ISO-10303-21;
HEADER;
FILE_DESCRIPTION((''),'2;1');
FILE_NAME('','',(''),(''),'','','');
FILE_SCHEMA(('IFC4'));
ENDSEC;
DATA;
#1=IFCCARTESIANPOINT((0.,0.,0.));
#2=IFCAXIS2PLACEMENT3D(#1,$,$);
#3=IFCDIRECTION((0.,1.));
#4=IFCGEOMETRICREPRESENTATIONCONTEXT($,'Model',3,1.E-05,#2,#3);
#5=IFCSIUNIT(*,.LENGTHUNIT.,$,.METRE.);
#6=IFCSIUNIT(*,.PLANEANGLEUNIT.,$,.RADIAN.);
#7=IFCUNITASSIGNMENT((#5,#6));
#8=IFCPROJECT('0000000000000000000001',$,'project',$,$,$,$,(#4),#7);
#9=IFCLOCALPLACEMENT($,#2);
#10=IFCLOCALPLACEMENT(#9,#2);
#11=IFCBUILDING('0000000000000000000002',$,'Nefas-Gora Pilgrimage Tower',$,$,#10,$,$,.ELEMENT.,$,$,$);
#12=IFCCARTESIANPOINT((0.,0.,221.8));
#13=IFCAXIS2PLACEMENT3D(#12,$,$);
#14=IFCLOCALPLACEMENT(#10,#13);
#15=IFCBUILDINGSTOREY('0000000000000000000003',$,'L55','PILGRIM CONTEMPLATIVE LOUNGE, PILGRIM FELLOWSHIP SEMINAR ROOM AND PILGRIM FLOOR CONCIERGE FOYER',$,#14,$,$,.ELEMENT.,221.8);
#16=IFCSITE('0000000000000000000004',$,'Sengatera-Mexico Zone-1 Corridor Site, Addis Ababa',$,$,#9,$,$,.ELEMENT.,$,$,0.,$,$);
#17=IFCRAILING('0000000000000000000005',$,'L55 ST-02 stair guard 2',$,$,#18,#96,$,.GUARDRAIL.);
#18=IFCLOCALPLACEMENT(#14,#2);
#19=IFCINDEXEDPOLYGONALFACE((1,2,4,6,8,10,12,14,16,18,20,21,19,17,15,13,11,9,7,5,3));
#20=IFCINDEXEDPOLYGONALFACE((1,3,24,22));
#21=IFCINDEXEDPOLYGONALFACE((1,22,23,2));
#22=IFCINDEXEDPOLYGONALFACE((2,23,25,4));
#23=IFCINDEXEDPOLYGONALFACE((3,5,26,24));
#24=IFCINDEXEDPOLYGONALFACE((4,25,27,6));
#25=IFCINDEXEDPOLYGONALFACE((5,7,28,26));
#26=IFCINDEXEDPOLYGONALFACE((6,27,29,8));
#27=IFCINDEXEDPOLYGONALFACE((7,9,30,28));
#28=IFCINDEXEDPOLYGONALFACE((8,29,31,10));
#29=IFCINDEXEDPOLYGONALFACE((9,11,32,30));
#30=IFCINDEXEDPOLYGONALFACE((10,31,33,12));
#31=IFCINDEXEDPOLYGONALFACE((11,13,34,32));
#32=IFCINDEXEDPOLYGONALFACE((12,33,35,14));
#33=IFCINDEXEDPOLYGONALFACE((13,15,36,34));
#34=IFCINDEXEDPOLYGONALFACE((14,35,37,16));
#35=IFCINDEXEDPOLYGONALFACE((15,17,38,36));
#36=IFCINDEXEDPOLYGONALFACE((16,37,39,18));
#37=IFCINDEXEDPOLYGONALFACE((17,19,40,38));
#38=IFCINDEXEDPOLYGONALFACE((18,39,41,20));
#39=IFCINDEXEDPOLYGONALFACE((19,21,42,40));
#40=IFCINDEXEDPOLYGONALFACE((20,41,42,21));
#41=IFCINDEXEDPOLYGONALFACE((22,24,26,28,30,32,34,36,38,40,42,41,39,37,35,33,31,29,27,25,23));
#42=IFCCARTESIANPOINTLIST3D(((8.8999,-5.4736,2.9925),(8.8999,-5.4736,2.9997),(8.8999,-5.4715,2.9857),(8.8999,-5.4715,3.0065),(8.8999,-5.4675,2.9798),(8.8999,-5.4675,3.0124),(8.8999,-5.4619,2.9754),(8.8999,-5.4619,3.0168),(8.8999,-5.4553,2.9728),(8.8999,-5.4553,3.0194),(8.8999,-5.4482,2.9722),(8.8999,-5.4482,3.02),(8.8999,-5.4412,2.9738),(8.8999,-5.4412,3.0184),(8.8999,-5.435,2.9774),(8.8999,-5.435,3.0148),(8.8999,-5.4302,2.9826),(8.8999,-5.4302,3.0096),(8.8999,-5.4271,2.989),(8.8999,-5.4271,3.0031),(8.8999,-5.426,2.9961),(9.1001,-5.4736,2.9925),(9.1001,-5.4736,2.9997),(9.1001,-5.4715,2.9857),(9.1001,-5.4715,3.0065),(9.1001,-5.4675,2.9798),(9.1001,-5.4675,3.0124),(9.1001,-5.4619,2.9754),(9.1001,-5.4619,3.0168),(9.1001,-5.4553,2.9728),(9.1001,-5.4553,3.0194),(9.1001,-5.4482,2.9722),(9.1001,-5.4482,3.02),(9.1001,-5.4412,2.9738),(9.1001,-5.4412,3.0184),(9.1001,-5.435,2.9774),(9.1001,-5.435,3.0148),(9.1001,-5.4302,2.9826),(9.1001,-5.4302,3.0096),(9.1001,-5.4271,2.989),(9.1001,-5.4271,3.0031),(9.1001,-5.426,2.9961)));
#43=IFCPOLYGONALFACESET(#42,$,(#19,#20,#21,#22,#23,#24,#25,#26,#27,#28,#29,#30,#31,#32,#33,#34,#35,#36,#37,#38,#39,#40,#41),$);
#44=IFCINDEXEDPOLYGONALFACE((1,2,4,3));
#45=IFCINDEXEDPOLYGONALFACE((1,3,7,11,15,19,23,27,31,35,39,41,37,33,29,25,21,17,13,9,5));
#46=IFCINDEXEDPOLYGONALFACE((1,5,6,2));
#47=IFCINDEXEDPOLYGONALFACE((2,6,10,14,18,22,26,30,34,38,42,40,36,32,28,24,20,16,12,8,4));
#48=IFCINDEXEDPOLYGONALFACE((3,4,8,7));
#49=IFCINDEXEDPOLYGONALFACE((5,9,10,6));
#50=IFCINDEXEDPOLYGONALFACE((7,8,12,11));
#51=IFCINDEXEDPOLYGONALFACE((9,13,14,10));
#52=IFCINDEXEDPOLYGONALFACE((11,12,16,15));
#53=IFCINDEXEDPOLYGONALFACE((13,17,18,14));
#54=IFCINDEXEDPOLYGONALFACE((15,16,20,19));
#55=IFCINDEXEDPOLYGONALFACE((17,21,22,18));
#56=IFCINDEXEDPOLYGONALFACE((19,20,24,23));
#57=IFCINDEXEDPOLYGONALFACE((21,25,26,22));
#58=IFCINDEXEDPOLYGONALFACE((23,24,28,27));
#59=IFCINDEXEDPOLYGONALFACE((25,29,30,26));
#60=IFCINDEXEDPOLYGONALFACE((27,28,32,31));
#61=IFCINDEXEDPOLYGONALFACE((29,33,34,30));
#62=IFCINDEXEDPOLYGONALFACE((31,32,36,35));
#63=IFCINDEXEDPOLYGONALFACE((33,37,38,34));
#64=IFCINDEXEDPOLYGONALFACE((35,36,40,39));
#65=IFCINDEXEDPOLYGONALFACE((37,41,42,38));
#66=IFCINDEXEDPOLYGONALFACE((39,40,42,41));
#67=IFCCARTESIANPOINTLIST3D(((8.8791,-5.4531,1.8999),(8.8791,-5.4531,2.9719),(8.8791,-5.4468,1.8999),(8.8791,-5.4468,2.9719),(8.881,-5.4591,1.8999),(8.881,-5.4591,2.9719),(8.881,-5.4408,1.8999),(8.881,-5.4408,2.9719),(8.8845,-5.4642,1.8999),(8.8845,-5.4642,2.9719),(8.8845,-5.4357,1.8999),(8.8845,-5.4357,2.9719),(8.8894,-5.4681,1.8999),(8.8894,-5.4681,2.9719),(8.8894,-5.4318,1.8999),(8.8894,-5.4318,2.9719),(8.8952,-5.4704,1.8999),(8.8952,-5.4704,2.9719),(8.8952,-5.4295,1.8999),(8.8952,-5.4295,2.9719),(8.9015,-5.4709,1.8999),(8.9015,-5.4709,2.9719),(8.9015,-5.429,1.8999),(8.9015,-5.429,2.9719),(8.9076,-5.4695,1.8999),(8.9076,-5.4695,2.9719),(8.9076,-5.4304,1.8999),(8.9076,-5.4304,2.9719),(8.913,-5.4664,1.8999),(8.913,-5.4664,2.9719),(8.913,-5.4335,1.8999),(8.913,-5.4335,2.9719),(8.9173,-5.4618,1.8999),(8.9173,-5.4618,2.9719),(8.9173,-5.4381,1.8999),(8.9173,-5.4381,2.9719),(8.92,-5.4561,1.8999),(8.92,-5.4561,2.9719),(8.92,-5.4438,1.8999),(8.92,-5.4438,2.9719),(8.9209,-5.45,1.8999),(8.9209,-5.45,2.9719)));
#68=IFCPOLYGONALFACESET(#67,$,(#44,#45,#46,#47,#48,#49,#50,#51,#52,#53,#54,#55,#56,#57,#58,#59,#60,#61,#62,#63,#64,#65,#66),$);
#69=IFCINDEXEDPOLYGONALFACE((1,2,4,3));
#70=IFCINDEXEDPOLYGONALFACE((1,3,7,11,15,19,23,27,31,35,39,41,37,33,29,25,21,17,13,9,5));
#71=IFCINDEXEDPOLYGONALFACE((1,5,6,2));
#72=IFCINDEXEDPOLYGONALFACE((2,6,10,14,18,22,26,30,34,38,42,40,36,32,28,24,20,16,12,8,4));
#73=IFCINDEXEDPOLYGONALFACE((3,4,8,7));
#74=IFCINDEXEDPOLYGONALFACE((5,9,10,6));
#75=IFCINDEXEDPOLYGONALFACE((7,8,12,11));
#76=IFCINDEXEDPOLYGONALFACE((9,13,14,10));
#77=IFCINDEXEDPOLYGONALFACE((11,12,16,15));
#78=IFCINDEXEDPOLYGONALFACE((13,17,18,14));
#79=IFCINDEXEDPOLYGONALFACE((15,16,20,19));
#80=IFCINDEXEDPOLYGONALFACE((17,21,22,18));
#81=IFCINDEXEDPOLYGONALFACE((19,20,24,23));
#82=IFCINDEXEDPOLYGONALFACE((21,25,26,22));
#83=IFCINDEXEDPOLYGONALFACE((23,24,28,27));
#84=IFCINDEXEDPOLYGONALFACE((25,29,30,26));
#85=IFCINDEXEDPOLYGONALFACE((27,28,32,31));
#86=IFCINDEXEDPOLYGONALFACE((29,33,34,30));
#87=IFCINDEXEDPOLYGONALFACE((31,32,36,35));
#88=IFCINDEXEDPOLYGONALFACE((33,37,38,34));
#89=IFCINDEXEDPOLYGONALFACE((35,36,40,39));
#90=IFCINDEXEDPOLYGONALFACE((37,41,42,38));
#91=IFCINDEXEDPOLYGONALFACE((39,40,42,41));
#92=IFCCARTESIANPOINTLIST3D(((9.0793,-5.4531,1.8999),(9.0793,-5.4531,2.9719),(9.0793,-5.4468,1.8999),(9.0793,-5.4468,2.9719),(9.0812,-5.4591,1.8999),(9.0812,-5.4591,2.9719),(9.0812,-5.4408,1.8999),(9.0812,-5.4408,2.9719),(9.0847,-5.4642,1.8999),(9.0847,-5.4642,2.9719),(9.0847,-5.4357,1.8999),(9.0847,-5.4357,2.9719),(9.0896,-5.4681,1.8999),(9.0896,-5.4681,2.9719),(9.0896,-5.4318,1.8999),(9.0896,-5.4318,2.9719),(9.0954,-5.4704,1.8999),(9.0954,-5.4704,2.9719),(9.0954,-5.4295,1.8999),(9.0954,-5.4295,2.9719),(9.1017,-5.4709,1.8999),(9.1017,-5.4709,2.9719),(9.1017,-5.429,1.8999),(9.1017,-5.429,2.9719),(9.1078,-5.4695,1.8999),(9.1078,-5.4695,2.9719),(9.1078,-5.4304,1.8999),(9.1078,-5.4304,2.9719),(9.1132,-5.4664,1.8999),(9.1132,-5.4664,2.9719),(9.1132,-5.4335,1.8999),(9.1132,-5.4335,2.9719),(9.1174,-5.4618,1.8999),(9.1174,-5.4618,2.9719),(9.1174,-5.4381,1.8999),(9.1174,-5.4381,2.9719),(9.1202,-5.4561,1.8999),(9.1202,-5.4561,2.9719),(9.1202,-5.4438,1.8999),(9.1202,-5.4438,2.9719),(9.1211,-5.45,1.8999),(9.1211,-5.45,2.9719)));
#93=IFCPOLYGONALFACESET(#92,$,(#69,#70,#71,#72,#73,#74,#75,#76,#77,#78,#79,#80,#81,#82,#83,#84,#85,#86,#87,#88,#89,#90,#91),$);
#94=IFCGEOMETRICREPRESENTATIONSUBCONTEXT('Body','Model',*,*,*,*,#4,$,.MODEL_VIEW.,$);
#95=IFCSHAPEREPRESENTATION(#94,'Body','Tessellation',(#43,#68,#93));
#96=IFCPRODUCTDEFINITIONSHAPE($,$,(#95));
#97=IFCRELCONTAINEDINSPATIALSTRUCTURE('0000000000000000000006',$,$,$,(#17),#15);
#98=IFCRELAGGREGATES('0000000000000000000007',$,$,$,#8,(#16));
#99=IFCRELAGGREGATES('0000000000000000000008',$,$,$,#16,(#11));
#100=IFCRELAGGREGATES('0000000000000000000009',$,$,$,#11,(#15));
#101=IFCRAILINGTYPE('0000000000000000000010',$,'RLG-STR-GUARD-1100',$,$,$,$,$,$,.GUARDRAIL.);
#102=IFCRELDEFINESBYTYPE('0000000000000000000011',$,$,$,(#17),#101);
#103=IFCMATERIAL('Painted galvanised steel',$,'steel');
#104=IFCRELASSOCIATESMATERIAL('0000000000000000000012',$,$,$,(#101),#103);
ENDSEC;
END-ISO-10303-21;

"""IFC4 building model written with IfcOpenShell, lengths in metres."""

from ifc_helpers import new_model, si_unit, direction, frame, origin, origin_2d, place, context, subcontext, project, spatial, circle, extrude, material, type_object, element, save


model = new_model("IFC4")

# Units and contexts
model_context = context("Model", 3, precision=1e-05, world=origin(), true_north=direction((0.0, 1.0)))
body_context = subcontext(model_context, "Body", "Model", "MODEL_VIEW")
ifc_project = project(units=[si_unit("LENGTHUNIT", "METRE"), si_unit("PLANEANGLEUNIT", "RADIAN")], contexts=[model_context])

# Site, building, storey
site_placement = place(None, origin())
site = spatial("IfcSite", under=ifc_project, at=site_placement, Name="Sengatera-Mexico Zone-1 Corridor Site, Addis Ababa", CompositionType="ELEMENT", RefElevation=0.0)
building_placement = place(site_placement, origin())
building = spatial("IfcBuilding", under=site, at=building_placement, Name="Nefas-Gora Pilgrimage Tower", CompositionType="ELEMENT")
storey_placement = place(building_placement, frame((0.0, 0.0, 221.8)))
storey = spatial("IfcBuildingStorey", under=building, at=storey_placement, Name="L55", Description="PILGRIM CONTEMPLATIVE LOUNGE, PILGRIM FELLOWSHIP SEMINAR ROOM AND PILGRIM FLOOR CONCIERGE FOYER", CompositionType="ELEMENT", Elevation=221.8)

# Railing
ifc_material_1 = material(Name="Painted galvanised steel", Category="steel")
railing_type_1 = type_object("IfcRailingType", Name="RLG-STR-GUARD-1100", PredefinedType="GUARDRAIL", material=ifc_material_1)
railing_1_placement = place(storey_placement, frame((8.8999, -5.45, 1.8999)))
element("IfcRailing", 1, at=railing_1_placement, inside=storey, type_object=railing_type_1, Name="L55 ST-02 stair guard 2", PredefinedType="GUARDRAIL", context=body_context, shape_type="SweptSolid", body=[
    extrude(circle(Radius=0.0239, at=origin_2d()), frame((0.0, 0.0, 1.0962), z_axis=(1.0, 0.0, 0.0), x_axis=(0.0, 1.0, 0.0)), (0.0, 0.0, 1.0), 0.2002),
    extrude(circle(Radius=0.021, at=origin_2d()), origin(), (0.0, 0.0, 1.0), 1.072),
    extrude(circle(Radius=0.021, at=origin_2d()), frame((0.2002, 0.0, 0.0)), (0.0, 0.0, 1.0), 1.072),
])

save(model, "model.ifc")
